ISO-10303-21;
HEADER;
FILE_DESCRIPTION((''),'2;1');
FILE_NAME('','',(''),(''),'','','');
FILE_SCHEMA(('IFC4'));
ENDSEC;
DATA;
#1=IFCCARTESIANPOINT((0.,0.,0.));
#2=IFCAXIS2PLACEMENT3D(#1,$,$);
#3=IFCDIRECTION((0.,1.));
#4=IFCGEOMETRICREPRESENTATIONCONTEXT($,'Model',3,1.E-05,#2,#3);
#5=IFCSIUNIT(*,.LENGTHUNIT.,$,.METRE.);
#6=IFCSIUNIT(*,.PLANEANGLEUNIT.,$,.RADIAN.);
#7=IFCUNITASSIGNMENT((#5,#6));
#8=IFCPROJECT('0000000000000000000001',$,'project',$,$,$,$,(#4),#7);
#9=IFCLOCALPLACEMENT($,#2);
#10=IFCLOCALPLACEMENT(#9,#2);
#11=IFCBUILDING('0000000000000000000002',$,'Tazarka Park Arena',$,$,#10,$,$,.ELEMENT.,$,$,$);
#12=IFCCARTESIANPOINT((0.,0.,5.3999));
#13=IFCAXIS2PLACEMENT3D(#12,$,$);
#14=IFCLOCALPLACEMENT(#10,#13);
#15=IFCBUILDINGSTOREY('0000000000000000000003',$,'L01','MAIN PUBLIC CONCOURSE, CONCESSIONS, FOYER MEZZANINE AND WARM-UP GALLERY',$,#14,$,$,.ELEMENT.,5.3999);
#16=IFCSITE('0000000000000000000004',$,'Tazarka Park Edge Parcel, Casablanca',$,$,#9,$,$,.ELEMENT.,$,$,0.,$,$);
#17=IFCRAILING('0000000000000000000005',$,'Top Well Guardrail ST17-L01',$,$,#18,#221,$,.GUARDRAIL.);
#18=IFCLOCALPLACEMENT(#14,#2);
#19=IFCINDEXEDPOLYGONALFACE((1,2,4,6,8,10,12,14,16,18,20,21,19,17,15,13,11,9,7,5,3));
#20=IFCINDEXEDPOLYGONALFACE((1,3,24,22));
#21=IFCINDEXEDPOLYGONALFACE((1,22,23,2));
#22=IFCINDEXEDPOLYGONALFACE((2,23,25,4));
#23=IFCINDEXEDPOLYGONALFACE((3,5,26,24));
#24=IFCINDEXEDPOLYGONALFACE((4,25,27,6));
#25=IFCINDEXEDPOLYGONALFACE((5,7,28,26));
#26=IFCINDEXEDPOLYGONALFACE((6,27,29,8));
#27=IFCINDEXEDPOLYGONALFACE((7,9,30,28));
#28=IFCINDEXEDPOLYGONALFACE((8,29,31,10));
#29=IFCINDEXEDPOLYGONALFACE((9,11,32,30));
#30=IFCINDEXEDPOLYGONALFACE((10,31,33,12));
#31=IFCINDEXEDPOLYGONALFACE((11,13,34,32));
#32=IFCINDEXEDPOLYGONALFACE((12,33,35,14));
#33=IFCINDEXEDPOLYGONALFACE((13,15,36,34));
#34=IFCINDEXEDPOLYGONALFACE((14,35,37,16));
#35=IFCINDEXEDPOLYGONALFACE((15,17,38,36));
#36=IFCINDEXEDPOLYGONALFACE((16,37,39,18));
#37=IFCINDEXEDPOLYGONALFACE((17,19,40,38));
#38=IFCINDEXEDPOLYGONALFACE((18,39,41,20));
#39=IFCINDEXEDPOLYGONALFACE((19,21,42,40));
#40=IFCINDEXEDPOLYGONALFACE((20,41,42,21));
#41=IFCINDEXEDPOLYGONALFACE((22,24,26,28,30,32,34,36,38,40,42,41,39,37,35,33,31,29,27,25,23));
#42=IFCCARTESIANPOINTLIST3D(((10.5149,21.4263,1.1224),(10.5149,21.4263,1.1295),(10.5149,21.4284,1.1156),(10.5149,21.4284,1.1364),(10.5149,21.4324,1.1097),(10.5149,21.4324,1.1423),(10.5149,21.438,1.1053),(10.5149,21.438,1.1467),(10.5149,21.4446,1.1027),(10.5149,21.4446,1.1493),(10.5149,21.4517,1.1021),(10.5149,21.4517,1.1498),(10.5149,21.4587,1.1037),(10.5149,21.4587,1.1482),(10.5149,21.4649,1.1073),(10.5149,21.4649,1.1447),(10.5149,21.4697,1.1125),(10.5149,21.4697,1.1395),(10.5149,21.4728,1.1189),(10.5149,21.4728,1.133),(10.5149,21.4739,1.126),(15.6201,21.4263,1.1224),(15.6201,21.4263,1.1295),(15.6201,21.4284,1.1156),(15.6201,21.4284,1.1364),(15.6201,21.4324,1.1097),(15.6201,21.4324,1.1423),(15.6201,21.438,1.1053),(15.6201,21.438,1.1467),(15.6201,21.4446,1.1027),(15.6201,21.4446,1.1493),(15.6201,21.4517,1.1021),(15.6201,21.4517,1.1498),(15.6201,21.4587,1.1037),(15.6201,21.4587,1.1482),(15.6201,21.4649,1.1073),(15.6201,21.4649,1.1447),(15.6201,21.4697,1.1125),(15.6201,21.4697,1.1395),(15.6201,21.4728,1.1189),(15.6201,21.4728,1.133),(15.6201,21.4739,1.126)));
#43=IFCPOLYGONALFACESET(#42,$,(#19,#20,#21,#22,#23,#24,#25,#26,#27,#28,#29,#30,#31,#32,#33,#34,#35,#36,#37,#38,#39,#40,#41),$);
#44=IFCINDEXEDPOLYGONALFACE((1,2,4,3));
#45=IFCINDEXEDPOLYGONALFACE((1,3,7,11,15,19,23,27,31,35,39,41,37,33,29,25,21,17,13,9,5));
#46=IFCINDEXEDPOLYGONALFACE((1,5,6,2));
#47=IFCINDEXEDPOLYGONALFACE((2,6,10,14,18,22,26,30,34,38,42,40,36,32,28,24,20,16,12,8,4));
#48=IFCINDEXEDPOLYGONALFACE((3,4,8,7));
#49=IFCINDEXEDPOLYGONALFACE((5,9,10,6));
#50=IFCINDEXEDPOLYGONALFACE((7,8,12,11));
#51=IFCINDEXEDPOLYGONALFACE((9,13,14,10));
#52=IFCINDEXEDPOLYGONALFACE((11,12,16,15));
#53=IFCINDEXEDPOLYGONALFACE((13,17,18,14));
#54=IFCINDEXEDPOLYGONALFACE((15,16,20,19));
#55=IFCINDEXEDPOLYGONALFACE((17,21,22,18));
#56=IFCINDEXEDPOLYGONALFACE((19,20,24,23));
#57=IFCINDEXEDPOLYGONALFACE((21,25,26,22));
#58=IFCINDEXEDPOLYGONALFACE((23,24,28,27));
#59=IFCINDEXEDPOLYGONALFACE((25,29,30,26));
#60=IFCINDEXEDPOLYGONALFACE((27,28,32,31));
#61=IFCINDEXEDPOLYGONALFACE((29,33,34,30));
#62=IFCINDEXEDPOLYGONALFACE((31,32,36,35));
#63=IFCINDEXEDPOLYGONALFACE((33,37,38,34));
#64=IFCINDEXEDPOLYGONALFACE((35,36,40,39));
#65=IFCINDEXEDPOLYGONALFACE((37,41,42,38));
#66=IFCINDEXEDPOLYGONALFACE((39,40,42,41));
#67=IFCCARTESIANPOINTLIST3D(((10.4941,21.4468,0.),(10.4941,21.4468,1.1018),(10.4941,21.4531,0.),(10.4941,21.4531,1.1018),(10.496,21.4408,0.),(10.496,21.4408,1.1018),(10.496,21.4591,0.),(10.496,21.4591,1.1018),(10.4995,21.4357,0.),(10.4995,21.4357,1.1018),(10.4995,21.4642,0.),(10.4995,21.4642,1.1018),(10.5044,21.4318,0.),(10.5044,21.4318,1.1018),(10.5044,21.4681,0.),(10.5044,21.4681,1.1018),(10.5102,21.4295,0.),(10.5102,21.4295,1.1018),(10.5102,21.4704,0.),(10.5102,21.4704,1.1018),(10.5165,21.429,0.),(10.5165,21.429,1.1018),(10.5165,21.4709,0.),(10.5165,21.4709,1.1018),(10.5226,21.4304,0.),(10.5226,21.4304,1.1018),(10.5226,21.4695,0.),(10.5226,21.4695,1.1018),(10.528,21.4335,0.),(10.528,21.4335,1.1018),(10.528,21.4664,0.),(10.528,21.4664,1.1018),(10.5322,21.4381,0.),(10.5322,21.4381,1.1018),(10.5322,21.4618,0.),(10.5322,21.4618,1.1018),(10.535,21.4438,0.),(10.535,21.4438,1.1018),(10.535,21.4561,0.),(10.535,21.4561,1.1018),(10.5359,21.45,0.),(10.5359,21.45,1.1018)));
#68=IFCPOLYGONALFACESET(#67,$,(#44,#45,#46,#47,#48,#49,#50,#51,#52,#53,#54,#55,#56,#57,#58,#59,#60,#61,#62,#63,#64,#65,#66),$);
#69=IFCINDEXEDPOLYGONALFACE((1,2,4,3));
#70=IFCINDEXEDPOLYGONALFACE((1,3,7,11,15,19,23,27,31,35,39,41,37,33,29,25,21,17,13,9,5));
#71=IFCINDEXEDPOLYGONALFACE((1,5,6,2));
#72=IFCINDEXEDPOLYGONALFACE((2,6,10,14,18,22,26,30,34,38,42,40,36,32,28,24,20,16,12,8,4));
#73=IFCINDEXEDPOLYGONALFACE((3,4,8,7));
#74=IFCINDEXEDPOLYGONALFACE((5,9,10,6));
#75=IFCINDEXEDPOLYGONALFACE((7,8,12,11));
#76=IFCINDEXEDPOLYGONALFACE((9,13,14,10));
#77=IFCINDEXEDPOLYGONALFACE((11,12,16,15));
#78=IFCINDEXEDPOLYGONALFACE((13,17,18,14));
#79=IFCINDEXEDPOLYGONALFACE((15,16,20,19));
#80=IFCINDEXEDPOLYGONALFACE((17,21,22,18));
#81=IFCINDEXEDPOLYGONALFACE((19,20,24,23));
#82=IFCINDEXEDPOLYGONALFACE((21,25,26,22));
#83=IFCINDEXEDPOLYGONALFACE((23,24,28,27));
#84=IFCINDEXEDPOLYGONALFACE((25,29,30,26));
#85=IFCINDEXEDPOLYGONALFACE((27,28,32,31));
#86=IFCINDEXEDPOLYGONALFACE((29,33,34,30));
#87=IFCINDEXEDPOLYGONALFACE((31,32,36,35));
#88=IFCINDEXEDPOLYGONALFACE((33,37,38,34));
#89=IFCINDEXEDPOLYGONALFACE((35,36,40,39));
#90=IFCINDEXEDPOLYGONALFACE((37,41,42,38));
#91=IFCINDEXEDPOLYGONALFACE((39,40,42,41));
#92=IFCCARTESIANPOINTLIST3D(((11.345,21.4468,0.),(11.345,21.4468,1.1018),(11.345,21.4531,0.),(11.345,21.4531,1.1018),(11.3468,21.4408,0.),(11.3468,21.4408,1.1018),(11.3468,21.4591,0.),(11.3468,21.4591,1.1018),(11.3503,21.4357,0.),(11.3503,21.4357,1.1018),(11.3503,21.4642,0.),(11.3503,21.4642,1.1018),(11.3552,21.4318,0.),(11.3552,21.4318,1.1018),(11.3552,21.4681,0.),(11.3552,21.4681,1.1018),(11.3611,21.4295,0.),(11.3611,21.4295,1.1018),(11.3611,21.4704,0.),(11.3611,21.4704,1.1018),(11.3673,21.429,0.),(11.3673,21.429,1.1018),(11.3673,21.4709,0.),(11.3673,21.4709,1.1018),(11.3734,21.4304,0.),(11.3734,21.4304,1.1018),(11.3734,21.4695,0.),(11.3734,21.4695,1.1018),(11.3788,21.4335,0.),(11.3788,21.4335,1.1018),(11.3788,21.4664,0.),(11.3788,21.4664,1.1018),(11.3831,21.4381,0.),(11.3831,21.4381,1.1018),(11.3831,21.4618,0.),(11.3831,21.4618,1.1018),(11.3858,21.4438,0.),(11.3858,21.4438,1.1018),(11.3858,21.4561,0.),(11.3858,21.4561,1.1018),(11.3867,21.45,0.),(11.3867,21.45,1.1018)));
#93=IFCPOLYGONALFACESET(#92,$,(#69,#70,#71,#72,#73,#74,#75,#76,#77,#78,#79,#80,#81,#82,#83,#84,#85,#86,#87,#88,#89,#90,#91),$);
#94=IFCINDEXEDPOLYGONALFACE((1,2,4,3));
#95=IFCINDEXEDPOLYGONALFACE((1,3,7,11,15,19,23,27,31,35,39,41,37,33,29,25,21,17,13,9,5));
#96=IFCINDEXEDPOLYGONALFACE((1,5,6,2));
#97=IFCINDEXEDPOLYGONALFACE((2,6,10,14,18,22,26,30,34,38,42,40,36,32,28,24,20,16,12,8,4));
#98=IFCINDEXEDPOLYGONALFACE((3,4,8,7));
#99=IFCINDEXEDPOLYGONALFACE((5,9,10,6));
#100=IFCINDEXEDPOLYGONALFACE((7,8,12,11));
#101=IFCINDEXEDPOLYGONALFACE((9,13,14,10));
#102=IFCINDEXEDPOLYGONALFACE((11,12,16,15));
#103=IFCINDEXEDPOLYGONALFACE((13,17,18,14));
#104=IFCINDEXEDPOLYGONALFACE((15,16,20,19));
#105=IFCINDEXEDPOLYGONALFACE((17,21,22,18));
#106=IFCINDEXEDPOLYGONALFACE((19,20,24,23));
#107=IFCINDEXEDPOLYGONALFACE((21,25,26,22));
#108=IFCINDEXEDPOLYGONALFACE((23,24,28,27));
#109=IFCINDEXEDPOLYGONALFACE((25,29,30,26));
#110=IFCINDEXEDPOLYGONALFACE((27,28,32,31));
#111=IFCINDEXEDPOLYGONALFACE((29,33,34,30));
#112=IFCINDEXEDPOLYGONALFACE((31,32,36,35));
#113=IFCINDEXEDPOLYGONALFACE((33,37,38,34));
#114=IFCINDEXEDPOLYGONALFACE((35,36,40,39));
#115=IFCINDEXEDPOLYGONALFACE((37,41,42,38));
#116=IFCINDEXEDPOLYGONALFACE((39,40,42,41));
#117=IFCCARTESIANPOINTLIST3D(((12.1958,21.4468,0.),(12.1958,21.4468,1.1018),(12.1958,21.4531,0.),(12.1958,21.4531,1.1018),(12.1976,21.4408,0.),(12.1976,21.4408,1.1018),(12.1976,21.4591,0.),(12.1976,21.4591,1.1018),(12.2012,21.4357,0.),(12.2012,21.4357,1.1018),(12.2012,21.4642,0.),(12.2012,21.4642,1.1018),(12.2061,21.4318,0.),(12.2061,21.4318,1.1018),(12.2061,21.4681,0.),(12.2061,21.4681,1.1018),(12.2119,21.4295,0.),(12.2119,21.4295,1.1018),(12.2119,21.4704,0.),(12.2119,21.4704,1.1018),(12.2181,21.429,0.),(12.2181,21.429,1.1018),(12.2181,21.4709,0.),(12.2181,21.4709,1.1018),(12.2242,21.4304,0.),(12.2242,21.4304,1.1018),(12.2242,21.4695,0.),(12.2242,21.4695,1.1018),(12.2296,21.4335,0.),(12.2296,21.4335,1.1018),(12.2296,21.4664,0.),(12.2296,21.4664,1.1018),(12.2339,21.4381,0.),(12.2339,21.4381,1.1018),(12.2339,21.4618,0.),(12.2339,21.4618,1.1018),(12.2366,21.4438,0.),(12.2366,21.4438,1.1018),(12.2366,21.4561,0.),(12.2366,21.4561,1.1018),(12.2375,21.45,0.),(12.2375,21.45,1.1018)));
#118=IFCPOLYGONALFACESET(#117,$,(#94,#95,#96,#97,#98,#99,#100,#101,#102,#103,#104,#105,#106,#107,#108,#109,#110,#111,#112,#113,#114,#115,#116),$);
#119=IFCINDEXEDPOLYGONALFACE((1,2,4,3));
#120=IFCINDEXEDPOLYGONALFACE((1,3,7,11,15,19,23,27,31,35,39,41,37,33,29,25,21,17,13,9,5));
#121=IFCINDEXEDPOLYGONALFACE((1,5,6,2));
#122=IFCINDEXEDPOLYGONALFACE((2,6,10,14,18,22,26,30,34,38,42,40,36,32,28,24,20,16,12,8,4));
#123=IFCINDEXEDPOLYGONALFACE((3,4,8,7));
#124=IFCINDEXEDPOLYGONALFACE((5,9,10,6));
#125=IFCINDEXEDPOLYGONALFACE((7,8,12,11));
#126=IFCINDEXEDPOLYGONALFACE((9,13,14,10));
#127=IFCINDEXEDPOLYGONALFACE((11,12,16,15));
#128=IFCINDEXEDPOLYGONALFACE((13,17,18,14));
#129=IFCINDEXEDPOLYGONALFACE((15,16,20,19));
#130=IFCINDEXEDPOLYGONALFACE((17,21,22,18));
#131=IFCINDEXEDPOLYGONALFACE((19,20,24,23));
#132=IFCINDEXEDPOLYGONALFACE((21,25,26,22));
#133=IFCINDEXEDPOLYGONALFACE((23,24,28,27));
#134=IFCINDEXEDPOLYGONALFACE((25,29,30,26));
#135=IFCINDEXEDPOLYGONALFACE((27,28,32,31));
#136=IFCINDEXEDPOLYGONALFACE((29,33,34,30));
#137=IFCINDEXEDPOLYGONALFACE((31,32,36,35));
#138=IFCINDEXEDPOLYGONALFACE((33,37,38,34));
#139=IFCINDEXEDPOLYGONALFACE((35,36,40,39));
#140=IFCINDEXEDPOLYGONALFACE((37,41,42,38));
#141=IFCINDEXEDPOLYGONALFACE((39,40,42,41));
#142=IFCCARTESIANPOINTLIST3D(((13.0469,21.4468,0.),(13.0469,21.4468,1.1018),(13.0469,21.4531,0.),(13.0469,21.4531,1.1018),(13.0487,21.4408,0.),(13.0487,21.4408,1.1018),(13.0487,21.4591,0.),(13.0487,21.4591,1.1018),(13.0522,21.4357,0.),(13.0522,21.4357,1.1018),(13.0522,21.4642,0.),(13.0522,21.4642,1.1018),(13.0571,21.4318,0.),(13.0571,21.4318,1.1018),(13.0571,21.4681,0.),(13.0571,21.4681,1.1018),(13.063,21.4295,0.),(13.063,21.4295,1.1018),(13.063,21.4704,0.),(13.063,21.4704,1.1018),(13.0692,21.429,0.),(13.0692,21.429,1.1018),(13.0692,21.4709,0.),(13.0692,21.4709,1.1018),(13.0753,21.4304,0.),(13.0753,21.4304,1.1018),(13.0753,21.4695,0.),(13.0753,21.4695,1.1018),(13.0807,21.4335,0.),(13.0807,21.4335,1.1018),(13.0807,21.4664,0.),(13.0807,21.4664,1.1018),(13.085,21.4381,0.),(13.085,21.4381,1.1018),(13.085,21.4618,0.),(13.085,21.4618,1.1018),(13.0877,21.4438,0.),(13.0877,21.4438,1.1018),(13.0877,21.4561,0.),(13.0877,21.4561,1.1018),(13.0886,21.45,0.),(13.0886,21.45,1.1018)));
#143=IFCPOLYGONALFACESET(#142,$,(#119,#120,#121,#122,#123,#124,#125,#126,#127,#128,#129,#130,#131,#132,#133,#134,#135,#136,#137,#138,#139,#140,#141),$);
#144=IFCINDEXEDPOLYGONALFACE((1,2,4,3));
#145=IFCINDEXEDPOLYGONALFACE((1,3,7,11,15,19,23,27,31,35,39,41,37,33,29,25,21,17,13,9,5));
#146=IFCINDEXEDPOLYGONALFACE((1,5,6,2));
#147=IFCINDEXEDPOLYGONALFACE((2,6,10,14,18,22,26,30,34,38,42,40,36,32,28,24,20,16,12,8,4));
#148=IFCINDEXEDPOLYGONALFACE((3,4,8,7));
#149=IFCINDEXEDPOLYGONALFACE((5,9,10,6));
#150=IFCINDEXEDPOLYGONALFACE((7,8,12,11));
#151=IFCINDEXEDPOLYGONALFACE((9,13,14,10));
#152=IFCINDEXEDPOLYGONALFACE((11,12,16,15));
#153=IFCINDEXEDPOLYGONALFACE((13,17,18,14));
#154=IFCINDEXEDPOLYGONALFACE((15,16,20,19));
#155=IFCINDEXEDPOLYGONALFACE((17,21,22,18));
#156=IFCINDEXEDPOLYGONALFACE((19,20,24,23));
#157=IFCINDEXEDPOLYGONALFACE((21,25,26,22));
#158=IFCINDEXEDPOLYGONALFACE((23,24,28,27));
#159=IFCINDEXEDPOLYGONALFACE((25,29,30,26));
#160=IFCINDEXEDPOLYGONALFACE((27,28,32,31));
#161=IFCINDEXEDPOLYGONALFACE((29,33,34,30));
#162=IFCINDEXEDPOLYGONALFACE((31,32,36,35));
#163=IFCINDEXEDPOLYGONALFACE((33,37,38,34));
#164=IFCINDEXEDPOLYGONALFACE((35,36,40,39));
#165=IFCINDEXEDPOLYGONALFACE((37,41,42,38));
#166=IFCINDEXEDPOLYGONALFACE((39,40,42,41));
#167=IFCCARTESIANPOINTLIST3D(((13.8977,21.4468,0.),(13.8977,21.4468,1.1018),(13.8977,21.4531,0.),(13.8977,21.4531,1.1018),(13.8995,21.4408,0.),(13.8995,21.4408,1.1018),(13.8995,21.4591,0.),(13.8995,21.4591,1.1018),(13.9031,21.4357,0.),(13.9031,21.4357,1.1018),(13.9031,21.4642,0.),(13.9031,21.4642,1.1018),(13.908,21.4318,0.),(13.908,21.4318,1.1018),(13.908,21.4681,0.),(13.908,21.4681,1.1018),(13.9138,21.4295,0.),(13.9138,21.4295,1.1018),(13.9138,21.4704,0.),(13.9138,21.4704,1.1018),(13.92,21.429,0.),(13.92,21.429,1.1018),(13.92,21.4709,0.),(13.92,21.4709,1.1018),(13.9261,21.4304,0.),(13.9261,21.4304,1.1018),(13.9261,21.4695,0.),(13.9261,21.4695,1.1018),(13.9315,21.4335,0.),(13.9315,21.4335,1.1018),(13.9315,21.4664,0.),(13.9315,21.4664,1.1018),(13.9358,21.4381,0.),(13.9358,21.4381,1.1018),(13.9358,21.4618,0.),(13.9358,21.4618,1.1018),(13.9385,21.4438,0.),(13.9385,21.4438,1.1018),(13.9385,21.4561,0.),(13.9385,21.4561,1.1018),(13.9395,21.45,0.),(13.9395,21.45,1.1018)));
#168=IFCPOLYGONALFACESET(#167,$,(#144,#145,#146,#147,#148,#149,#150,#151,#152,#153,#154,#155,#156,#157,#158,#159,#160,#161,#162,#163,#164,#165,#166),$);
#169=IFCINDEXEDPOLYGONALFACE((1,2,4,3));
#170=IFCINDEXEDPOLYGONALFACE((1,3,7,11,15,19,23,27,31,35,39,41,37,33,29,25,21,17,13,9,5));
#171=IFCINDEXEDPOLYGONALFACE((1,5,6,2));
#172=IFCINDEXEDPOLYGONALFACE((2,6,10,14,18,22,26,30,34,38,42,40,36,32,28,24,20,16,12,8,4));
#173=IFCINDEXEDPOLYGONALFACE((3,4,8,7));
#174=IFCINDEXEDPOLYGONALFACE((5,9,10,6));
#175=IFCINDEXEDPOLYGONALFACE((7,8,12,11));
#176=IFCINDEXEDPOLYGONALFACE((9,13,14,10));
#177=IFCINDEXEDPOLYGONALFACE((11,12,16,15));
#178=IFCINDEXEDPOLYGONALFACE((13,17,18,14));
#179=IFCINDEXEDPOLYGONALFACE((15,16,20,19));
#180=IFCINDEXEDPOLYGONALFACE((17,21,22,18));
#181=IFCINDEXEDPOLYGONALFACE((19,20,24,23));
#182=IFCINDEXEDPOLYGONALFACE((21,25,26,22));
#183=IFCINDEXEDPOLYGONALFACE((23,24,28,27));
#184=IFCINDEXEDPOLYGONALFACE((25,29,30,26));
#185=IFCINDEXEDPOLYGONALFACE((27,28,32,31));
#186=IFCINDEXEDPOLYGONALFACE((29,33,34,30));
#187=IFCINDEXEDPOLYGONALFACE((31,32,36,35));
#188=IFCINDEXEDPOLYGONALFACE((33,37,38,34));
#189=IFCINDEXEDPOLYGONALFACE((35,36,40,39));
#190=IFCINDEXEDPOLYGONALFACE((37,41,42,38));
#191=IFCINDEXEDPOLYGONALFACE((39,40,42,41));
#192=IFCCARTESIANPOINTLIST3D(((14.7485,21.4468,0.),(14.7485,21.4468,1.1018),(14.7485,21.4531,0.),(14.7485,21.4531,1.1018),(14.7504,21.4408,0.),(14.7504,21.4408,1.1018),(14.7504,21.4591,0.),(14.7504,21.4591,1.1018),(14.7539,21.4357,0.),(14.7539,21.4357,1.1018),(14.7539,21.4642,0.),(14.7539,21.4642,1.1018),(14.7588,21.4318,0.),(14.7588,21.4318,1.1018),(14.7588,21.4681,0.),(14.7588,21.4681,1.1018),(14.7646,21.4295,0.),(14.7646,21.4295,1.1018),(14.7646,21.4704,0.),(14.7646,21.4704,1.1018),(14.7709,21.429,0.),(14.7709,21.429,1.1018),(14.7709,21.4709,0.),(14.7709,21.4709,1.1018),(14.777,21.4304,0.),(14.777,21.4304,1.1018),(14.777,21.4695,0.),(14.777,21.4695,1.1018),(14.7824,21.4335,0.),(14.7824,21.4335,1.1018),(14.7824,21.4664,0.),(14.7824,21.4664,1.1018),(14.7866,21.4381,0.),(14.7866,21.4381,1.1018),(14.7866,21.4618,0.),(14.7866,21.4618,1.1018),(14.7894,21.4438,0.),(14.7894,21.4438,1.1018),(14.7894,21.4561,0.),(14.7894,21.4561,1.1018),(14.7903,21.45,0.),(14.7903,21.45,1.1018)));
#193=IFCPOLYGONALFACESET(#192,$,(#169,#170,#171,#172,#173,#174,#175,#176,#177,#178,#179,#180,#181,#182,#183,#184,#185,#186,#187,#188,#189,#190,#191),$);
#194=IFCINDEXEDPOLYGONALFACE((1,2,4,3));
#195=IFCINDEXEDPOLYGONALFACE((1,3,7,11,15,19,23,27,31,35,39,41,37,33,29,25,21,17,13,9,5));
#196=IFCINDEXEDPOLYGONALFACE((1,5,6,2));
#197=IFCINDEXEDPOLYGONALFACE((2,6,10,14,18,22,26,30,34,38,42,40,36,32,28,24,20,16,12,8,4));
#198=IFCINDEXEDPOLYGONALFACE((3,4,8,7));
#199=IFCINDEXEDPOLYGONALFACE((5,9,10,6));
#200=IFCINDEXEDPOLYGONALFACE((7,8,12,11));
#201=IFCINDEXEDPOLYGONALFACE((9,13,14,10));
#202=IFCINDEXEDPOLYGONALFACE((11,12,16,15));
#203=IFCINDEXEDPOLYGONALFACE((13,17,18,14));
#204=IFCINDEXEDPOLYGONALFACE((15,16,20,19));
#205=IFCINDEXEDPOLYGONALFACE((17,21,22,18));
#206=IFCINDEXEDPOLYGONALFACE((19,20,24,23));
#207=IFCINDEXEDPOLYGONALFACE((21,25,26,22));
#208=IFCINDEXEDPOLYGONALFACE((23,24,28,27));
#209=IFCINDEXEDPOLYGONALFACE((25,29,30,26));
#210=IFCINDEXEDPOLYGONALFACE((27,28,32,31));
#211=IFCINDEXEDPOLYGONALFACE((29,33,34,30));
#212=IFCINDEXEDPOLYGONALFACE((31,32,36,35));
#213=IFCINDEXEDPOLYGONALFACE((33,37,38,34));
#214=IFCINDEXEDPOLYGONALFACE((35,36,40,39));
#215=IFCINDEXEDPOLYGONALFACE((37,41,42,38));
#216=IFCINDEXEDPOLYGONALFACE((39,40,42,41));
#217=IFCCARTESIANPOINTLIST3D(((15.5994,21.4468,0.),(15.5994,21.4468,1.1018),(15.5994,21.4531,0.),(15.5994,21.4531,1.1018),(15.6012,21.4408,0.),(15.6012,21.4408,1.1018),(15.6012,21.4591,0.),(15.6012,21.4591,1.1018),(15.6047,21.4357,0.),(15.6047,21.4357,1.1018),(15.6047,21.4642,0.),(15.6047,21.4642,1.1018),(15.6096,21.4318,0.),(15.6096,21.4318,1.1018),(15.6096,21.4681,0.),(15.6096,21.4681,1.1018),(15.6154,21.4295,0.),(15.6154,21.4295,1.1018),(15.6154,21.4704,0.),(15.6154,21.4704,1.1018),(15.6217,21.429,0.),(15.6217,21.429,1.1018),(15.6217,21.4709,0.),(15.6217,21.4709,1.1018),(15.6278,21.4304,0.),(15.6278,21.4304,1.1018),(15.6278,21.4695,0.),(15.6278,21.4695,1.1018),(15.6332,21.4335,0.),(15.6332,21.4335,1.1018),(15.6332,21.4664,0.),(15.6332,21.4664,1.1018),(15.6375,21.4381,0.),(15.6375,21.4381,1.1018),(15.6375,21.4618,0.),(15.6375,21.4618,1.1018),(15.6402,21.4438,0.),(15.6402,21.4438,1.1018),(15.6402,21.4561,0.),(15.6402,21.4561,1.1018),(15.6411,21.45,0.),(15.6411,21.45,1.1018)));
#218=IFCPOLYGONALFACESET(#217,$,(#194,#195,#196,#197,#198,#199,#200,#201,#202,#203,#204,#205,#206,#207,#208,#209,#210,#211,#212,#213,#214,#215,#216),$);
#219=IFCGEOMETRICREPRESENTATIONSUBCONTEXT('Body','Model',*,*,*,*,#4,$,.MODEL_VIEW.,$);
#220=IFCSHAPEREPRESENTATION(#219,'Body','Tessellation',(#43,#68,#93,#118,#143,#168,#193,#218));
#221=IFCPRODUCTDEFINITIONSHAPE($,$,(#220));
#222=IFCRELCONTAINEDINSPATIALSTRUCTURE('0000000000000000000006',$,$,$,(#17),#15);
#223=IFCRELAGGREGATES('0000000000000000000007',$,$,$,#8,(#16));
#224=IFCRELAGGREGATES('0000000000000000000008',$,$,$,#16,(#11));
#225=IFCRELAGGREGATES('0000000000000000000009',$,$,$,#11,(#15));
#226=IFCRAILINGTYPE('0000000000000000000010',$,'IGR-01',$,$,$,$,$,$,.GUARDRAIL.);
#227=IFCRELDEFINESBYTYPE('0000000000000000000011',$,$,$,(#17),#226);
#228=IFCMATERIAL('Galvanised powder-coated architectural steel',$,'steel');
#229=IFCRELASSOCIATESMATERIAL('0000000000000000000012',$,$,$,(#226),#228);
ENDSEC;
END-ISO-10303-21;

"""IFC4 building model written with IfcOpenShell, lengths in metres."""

from ifc_helpers import new_model, si_unit, direction, frame, origin, origin_2d, place, context, subcontext, project, spatial, circle, extrude, material, type_object, element, save


model = new_model("IFC4")

# Units and contexts
model_context = context("Model", 3, precision=1e-05, world=origin(), true_north=direction((0.0, 1.0)))
body_context = subcontext(model_context, "Body", "Model", "MODEL_VIEW")
ifc_project = project(units=[si_unit("LENGTHUNIT", "METRE"), si_unit("PLANEANGLEUNIT", "RADIAN")], contexts=[model_context])

# Site, building, storey
site_placement = place(None, origin())
site = spatial("IfcSite", under=ifc_project, at=site_placement, Name="Tazarka Park Edge Parcel, Casablanca", CompositionType="ELEMENT", RefElevation=0.0)
building_placement = place(site_placement, origin())
building = spatial("IfcBuilding", under=site, at=building_placement, Name="Tazarka Park Arena", CompositionType="ELEMENT")
storey_placement = place(building_placement, frame((0.0, 0.0, 5.3999)))
storey = spatial("IfcBuildingStorey", under=building, at=storey_placement, Name="L01", Description="MAIN PUBLIC CONCOURSE, CONCESSIONS, FOYER MEZZANINE AND WARM-UP GALLERY", CompositionType="ELEMENT", Elevation=5.3999)

# Railing
ifc_material_1 = material(Name="Galvanised powder-coated architectural steel", Category="steel")
railing_type = type_object("IfcRailingType", Name="IGR-01", PredefinedType="GUARDRAIL", material=ifc_material_1)
railing_1_placement = place(storey_placement, frame((10.5149, 21.45, 0.0)))
element("IfcRailing", 1, at=railing_1_placement, inside=storey, type_object=railing_type, Name="Top Well Guardrail ST17-L01", PredefinedType="GUARDRAIL", context=body_context, shape_type="SweptSolid", body=[
    extrude(circle(Radius=0.0239, at=origin_2d()), frame((0.0, 0.0, 1.126), z_axis=(1.0, 0.0, 0.0), x_axis=(0.0, 1.0, 0.0)), (0.0, 0.0, 1.0), 5.1052),
    extrude(circle(Radius=0.021, at=origin_2d()), origin(), (0.0, 0.0, 1.0), 1.1018),
    extrude(circle(Radius=0.021, at=origin_2d()), frame((0.8508, 0.0, 0.0)), (0.0, 0.0, 1.0), 1.1018),
    extrude(circle(Radius=0.021, at=origin_2d()), frame((1.7017, 0.0, 0.0)), (0.0, 0.0, 1.0), 1.1018),
    extrude(circle(Radius=0.021, at=origin_2d()), frame((2.5527, 0.0, 0.0)), (0.0, 0.0, 1.0), 1.1018),
    extrude(circle(Radius=0.021, at=origin_2d()), frame((3.4036, 0.0, 0.0)), (0.0, 0.0, 1.0), 1.1018),
    extrude(circle(Radius=0.021, at=origin_2d()), frame((4.2544, 0.0, 0.0)), (0.0, 0.0, 1.0), 1.1018),
    extrude(circle(Radius=0.021, at=origin_2d()), frame((5.1052, 0.0, 0.0)), (0.0, 0.0, 1.0), 1.1018),
])

save(model, "model.ifc")
